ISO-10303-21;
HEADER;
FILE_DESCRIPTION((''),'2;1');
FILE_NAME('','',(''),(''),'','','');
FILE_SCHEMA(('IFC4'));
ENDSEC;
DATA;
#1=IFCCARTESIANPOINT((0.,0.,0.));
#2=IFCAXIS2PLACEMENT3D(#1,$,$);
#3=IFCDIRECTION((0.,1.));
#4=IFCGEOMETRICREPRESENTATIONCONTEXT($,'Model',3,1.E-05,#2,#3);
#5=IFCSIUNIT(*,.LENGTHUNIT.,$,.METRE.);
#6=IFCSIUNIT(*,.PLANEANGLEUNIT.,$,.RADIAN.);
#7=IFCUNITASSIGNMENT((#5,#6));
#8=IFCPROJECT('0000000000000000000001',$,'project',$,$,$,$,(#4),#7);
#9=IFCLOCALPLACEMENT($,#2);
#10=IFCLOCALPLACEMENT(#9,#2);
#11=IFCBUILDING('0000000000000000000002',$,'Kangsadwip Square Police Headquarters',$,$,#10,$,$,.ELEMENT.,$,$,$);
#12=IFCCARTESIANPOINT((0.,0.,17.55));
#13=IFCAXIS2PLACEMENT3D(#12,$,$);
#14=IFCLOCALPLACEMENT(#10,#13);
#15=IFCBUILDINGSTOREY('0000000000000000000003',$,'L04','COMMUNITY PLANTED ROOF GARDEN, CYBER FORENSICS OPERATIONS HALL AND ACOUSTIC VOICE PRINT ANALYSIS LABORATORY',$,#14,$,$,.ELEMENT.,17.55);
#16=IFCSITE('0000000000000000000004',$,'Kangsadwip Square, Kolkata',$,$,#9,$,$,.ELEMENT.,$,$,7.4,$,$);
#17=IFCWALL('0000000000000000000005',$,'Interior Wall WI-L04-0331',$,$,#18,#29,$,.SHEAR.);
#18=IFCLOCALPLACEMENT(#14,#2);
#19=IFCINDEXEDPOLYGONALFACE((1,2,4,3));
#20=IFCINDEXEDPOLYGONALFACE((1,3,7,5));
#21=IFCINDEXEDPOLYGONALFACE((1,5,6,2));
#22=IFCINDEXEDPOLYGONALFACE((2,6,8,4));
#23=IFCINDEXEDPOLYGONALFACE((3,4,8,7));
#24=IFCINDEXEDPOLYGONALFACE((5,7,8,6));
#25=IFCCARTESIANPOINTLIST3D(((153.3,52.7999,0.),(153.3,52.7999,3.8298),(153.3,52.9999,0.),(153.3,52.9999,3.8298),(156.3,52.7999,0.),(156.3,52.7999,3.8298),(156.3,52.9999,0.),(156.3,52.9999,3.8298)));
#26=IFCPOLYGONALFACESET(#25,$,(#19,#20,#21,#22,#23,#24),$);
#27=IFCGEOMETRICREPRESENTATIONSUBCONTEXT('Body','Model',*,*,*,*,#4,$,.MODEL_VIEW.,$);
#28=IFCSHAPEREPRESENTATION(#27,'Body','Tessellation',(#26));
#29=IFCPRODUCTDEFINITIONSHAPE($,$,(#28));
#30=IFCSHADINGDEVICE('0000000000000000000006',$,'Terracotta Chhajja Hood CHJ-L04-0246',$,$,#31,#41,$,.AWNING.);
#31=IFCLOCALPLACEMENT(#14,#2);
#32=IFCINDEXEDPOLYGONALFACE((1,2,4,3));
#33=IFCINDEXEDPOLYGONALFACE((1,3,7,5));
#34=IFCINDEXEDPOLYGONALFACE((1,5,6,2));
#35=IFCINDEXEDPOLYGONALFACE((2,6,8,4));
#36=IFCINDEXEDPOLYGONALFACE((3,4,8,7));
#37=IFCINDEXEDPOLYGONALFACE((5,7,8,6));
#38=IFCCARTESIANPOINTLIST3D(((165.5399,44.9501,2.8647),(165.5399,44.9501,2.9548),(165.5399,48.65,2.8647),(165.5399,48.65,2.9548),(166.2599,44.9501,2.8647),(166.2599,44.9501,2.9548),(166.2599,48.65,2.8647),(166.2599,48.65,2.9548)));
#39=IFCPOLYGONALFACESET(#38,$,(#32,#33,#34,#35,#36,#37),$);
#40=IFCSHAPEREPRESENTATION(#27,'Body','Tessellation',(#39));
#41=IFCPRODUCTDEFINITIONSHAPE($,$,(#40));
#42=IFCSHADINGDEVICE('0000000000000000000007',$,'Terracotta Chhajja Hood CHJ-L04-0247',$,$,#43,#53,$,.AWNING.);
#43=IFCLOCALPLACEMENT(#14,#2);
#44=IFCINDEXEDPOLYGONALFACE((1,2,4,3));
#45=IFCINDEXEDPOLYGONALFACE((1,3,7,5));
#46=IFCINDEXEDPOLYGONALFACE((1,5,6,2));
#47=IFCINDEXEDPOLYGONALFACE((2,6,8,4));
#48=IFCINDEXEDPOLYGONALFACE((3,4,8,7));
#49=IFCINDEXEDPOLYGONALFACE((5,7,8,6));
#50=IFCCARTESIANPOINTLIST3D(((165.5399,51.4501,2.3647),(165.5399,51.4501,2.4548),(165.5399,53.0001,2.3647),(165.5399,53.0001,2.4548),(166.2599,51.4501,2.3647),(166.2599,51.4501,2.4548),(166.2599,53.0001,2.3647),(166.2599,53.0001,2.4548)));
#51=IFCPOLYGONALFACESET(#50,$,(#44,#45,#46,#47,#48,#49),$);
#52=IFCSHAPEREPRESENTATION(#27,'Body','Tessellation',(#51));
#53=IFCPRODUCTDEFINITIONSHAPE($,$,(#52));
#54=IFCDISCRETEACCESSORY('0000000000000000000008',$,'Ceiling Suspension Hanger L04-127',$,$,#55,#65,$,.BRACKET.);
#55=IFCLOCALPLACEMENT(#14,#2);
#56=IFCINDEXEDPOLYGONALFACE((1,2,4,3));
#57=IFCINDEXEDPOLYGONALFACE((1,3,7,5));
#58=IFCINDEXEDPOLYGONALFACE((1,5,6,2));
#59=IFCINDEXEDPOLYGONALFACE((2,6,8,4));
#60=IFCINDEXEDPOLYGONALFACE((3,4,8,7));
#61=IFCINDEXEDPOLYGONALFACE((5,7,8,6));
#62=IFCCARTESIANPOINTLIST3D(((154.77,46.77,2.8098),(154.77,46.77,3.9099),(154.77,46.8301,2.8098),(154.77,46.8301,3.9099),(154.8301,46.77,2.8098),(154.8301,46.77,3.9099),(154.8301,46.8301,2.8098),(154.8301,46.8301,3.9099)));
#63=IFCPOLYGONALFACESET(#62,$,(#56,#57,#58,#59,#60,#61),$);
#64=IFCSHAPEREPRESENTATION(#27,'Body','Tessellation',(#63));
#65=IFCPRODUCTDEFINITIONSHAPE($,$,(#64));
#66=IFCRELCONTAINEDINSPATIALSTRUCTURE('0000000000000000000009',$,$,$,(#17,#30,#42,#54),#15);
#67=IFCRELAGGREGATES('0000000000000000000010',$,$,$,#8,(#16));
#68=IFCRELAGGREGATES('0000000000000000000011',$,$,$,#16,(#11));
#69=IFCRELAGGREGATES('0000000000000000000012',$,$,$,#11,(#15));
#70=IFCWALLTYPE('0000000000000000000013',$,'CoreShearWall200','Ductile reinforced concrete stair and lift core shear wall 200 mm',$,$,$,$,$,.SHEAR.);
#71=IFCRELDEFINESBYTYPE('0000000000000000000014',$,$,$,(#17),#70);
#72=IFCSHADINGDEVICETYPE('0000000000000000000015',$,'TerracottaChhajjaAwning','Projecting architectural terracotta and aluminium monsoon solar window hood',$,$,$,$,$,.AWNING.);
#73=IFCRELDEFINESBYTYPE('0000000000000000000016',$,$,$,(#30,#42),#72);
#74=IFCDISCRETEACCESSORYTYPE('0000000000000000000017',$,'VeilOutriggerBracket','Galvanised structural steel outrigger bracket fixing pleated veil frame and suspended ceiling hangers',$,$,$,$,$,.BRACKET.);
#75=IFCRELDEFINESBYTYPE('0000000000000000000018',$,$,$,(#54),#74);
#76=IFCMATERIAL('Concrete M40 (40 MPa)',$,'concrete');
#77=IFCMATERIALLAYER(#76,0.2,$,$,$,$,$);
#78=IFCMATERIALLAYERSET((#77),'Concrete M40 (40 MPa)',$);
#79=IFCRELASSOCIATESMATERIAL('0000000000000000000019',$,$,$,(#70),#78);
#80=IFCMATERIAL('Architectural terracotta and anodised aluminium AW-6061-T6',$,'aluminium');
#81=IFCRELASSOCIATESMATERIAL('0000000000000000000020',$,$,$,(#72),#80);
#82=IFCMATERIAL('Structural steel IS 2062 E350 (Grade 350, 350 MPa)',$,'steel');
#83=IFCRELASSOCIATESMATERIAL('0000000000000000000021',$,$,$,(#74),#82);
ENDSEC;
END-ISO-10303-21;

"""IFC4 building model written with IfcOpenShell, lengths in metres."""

from ifc_helpers import new_model, si_unit, direction, frame, frame_2d, origin, origin_2d, place, context, subcontext, project, spatial, rectangle, extrude, material, layer, layer_set, type_object, element, save


model = new_model("IFC4")

# Units and contexts
model_context = context("Model", 3, precision=1e-05, world=origin(), true_north=direction((0.0, 1.0)))
body_context = subcontext(model_context, "Body", "Model", "MODEL_VIEW")
ifc_project = project(units=[si_unit("LENGTHUNIT", "METRE"), si_unit("PLANEANGLEUNIT", "RADIAN")], contexts=[model_context])

# Site, building, storey
site_placement = place(None, origin())
site = spatial("IfcSite", under=ifc_project, at=site_placement, Name="Kangsadwip Square, Kolkata", CompositionType="ELEMENT", RefElevation=7.4)
building_placement = place(site_placement, origin())
building = spatial("IfcBuilding", under=site, at=building_placement, Name="Kangsadwip Square Police Headquarters", CompositionType="ELEMENT")
storey_placement = place(building_placement, frame((0.0, 0.0, 17.55)))
storey = spatial("IfcBuildingStorey", under=building, at=storey_placement, Name="L04", Description="COMMUNITY PLANTED ROOF GARDEN, CYBER FORENSICS OPERATIONS HALL AND ACOUSTIC VOICE PRINT ANALYSIS LABORATORY", CompositionType="ELEMENT", Elevation=17.55)

# Wall
ifc_material_1 = material(Name="Concrete M40 (40 MPa)", Category="concrete")
ifc_layer_1 = layer(ifc_material_1, 0.2)
ifc_layer_set_1 = layer_set([ifc_layer_1], Name="Concrete M40 (40 MPa)")
wall_type_1 = type_object("IfcWallType", Name="CoreShearWall200", Description="Ductile reinforced concrete stair and lift core shear wall 200 mm", PredefinedType="SHEAR", material=ifc_layer_set_1)
wall_1_placement = place(storey_placement, frame((153.3, 52.8999, 0.0), z_axis=(0.0, 0.0, 1.0), x_axis=(1.0, 0.0, 0.0)))
element("IfcWall", 1, at=wall_1_placement, inside=storey, type_object=wall_type_1, Name="Interior Wall WI-L04-0331", PredefinedType="SHEAR", context=body_context, shape_type="SweptSolid", body=[
    extrude(rectangle(XDim=3.0, YDim=0.2, at=frame_2d((1.5, 0.0))), origin(), (0.0, 0.0, 1.0), 3.8298),
])

# Shading devices
ifc_material_2 = material(Name="Architectural terracotta and anodised aluminium AW-6061-T6", Category="aluminium")
shading_device_type = type_object("IfcShadingDeviceType", Name="TerracottaChhajjaAwning", Description="Projecting architectural terracotta and aluminium monsoon solar window hood", PredefinedType="AWNING", material=ifc_material_2)
shading_device_1_placement = place(storey_placement, frame((165.8999, 46.8, 2.8647), z_axis=(0.0, 0.0, 1.0), x_axis=(0.0, 1.0, 0.0)))
element("IfcShadingDevice", 2, at=shading_device_1_placement, inside=storey, type_object=shading_device_type, Name="Terracotta Chhajja Hood CHJ-L04-0246", PredefinedType="AWNING", context=body_context, shape_type="SweptSolid", body=[
    extrude(rectangle(XDim=3.7, YDim=0.72, at=origin_2d()), origin(), (0.0, 0.0, 1.0), 0.0901),
])
shading_device_2_placement = place(storey_placement, frame((165.8999, 52.2251, 2.3647), z_axis=(0.0, 0.0, 1.0), x_axis=(0.0, 1.0, 0.0)))
element("IfcShadingDevice", 3, at=shading_device_2_placement, inside=storey, type_object=shading_device_type, Name="Terracotta Chhajja Hood CHJ-L04-0247", PredefinedType="AWNING", context=body_context, shape_type="SweptSolid", body=[
    extrude(rectangle(XDim=1.55, YDim=0.72, at=origin_2d()), origin(), (0.0, 0.0, 1.0), 0.0901),
])

# Discrete accessory
ifc_material_3 = material(Name="Structural steel IS 2062 E350 (Grade 350, 350 MPa)", Category="steel")
discrete_accessory_type = type_object("IfcDiscreteAccessoryType", Name="VeilOutriggerBracket", Description="Galvanised structural steel outrigger bracket fixing pleated veil frame and suspended ceiling hangers", PredefinedType="BRACKET", material=ifc_material_3)
discrete_accessory_placement = place(storey_placement, frame((154.8, 46.8, 2.8098), z_axis=(0.0, 0.0, 1.0), x_axis=(1.0, 0.0, 0.0)))
element("IfcDiscreteAccessory", 4, at=discrete_accessory_placement, inside=storey, type_object=discrete_accessory_type, Name="Ceiling Suspension Hanger L04-127", PredefinedType="BRACKET", context=body_context, shape_type="SweptSolid", body=[
    extrude(rectangle(XDim=0.0601, YDim=0.0601, at=origin_2d()), origin(), (0.0, 0.0, 1.0), 1.1001),
])

save(model, "model.ifc")
